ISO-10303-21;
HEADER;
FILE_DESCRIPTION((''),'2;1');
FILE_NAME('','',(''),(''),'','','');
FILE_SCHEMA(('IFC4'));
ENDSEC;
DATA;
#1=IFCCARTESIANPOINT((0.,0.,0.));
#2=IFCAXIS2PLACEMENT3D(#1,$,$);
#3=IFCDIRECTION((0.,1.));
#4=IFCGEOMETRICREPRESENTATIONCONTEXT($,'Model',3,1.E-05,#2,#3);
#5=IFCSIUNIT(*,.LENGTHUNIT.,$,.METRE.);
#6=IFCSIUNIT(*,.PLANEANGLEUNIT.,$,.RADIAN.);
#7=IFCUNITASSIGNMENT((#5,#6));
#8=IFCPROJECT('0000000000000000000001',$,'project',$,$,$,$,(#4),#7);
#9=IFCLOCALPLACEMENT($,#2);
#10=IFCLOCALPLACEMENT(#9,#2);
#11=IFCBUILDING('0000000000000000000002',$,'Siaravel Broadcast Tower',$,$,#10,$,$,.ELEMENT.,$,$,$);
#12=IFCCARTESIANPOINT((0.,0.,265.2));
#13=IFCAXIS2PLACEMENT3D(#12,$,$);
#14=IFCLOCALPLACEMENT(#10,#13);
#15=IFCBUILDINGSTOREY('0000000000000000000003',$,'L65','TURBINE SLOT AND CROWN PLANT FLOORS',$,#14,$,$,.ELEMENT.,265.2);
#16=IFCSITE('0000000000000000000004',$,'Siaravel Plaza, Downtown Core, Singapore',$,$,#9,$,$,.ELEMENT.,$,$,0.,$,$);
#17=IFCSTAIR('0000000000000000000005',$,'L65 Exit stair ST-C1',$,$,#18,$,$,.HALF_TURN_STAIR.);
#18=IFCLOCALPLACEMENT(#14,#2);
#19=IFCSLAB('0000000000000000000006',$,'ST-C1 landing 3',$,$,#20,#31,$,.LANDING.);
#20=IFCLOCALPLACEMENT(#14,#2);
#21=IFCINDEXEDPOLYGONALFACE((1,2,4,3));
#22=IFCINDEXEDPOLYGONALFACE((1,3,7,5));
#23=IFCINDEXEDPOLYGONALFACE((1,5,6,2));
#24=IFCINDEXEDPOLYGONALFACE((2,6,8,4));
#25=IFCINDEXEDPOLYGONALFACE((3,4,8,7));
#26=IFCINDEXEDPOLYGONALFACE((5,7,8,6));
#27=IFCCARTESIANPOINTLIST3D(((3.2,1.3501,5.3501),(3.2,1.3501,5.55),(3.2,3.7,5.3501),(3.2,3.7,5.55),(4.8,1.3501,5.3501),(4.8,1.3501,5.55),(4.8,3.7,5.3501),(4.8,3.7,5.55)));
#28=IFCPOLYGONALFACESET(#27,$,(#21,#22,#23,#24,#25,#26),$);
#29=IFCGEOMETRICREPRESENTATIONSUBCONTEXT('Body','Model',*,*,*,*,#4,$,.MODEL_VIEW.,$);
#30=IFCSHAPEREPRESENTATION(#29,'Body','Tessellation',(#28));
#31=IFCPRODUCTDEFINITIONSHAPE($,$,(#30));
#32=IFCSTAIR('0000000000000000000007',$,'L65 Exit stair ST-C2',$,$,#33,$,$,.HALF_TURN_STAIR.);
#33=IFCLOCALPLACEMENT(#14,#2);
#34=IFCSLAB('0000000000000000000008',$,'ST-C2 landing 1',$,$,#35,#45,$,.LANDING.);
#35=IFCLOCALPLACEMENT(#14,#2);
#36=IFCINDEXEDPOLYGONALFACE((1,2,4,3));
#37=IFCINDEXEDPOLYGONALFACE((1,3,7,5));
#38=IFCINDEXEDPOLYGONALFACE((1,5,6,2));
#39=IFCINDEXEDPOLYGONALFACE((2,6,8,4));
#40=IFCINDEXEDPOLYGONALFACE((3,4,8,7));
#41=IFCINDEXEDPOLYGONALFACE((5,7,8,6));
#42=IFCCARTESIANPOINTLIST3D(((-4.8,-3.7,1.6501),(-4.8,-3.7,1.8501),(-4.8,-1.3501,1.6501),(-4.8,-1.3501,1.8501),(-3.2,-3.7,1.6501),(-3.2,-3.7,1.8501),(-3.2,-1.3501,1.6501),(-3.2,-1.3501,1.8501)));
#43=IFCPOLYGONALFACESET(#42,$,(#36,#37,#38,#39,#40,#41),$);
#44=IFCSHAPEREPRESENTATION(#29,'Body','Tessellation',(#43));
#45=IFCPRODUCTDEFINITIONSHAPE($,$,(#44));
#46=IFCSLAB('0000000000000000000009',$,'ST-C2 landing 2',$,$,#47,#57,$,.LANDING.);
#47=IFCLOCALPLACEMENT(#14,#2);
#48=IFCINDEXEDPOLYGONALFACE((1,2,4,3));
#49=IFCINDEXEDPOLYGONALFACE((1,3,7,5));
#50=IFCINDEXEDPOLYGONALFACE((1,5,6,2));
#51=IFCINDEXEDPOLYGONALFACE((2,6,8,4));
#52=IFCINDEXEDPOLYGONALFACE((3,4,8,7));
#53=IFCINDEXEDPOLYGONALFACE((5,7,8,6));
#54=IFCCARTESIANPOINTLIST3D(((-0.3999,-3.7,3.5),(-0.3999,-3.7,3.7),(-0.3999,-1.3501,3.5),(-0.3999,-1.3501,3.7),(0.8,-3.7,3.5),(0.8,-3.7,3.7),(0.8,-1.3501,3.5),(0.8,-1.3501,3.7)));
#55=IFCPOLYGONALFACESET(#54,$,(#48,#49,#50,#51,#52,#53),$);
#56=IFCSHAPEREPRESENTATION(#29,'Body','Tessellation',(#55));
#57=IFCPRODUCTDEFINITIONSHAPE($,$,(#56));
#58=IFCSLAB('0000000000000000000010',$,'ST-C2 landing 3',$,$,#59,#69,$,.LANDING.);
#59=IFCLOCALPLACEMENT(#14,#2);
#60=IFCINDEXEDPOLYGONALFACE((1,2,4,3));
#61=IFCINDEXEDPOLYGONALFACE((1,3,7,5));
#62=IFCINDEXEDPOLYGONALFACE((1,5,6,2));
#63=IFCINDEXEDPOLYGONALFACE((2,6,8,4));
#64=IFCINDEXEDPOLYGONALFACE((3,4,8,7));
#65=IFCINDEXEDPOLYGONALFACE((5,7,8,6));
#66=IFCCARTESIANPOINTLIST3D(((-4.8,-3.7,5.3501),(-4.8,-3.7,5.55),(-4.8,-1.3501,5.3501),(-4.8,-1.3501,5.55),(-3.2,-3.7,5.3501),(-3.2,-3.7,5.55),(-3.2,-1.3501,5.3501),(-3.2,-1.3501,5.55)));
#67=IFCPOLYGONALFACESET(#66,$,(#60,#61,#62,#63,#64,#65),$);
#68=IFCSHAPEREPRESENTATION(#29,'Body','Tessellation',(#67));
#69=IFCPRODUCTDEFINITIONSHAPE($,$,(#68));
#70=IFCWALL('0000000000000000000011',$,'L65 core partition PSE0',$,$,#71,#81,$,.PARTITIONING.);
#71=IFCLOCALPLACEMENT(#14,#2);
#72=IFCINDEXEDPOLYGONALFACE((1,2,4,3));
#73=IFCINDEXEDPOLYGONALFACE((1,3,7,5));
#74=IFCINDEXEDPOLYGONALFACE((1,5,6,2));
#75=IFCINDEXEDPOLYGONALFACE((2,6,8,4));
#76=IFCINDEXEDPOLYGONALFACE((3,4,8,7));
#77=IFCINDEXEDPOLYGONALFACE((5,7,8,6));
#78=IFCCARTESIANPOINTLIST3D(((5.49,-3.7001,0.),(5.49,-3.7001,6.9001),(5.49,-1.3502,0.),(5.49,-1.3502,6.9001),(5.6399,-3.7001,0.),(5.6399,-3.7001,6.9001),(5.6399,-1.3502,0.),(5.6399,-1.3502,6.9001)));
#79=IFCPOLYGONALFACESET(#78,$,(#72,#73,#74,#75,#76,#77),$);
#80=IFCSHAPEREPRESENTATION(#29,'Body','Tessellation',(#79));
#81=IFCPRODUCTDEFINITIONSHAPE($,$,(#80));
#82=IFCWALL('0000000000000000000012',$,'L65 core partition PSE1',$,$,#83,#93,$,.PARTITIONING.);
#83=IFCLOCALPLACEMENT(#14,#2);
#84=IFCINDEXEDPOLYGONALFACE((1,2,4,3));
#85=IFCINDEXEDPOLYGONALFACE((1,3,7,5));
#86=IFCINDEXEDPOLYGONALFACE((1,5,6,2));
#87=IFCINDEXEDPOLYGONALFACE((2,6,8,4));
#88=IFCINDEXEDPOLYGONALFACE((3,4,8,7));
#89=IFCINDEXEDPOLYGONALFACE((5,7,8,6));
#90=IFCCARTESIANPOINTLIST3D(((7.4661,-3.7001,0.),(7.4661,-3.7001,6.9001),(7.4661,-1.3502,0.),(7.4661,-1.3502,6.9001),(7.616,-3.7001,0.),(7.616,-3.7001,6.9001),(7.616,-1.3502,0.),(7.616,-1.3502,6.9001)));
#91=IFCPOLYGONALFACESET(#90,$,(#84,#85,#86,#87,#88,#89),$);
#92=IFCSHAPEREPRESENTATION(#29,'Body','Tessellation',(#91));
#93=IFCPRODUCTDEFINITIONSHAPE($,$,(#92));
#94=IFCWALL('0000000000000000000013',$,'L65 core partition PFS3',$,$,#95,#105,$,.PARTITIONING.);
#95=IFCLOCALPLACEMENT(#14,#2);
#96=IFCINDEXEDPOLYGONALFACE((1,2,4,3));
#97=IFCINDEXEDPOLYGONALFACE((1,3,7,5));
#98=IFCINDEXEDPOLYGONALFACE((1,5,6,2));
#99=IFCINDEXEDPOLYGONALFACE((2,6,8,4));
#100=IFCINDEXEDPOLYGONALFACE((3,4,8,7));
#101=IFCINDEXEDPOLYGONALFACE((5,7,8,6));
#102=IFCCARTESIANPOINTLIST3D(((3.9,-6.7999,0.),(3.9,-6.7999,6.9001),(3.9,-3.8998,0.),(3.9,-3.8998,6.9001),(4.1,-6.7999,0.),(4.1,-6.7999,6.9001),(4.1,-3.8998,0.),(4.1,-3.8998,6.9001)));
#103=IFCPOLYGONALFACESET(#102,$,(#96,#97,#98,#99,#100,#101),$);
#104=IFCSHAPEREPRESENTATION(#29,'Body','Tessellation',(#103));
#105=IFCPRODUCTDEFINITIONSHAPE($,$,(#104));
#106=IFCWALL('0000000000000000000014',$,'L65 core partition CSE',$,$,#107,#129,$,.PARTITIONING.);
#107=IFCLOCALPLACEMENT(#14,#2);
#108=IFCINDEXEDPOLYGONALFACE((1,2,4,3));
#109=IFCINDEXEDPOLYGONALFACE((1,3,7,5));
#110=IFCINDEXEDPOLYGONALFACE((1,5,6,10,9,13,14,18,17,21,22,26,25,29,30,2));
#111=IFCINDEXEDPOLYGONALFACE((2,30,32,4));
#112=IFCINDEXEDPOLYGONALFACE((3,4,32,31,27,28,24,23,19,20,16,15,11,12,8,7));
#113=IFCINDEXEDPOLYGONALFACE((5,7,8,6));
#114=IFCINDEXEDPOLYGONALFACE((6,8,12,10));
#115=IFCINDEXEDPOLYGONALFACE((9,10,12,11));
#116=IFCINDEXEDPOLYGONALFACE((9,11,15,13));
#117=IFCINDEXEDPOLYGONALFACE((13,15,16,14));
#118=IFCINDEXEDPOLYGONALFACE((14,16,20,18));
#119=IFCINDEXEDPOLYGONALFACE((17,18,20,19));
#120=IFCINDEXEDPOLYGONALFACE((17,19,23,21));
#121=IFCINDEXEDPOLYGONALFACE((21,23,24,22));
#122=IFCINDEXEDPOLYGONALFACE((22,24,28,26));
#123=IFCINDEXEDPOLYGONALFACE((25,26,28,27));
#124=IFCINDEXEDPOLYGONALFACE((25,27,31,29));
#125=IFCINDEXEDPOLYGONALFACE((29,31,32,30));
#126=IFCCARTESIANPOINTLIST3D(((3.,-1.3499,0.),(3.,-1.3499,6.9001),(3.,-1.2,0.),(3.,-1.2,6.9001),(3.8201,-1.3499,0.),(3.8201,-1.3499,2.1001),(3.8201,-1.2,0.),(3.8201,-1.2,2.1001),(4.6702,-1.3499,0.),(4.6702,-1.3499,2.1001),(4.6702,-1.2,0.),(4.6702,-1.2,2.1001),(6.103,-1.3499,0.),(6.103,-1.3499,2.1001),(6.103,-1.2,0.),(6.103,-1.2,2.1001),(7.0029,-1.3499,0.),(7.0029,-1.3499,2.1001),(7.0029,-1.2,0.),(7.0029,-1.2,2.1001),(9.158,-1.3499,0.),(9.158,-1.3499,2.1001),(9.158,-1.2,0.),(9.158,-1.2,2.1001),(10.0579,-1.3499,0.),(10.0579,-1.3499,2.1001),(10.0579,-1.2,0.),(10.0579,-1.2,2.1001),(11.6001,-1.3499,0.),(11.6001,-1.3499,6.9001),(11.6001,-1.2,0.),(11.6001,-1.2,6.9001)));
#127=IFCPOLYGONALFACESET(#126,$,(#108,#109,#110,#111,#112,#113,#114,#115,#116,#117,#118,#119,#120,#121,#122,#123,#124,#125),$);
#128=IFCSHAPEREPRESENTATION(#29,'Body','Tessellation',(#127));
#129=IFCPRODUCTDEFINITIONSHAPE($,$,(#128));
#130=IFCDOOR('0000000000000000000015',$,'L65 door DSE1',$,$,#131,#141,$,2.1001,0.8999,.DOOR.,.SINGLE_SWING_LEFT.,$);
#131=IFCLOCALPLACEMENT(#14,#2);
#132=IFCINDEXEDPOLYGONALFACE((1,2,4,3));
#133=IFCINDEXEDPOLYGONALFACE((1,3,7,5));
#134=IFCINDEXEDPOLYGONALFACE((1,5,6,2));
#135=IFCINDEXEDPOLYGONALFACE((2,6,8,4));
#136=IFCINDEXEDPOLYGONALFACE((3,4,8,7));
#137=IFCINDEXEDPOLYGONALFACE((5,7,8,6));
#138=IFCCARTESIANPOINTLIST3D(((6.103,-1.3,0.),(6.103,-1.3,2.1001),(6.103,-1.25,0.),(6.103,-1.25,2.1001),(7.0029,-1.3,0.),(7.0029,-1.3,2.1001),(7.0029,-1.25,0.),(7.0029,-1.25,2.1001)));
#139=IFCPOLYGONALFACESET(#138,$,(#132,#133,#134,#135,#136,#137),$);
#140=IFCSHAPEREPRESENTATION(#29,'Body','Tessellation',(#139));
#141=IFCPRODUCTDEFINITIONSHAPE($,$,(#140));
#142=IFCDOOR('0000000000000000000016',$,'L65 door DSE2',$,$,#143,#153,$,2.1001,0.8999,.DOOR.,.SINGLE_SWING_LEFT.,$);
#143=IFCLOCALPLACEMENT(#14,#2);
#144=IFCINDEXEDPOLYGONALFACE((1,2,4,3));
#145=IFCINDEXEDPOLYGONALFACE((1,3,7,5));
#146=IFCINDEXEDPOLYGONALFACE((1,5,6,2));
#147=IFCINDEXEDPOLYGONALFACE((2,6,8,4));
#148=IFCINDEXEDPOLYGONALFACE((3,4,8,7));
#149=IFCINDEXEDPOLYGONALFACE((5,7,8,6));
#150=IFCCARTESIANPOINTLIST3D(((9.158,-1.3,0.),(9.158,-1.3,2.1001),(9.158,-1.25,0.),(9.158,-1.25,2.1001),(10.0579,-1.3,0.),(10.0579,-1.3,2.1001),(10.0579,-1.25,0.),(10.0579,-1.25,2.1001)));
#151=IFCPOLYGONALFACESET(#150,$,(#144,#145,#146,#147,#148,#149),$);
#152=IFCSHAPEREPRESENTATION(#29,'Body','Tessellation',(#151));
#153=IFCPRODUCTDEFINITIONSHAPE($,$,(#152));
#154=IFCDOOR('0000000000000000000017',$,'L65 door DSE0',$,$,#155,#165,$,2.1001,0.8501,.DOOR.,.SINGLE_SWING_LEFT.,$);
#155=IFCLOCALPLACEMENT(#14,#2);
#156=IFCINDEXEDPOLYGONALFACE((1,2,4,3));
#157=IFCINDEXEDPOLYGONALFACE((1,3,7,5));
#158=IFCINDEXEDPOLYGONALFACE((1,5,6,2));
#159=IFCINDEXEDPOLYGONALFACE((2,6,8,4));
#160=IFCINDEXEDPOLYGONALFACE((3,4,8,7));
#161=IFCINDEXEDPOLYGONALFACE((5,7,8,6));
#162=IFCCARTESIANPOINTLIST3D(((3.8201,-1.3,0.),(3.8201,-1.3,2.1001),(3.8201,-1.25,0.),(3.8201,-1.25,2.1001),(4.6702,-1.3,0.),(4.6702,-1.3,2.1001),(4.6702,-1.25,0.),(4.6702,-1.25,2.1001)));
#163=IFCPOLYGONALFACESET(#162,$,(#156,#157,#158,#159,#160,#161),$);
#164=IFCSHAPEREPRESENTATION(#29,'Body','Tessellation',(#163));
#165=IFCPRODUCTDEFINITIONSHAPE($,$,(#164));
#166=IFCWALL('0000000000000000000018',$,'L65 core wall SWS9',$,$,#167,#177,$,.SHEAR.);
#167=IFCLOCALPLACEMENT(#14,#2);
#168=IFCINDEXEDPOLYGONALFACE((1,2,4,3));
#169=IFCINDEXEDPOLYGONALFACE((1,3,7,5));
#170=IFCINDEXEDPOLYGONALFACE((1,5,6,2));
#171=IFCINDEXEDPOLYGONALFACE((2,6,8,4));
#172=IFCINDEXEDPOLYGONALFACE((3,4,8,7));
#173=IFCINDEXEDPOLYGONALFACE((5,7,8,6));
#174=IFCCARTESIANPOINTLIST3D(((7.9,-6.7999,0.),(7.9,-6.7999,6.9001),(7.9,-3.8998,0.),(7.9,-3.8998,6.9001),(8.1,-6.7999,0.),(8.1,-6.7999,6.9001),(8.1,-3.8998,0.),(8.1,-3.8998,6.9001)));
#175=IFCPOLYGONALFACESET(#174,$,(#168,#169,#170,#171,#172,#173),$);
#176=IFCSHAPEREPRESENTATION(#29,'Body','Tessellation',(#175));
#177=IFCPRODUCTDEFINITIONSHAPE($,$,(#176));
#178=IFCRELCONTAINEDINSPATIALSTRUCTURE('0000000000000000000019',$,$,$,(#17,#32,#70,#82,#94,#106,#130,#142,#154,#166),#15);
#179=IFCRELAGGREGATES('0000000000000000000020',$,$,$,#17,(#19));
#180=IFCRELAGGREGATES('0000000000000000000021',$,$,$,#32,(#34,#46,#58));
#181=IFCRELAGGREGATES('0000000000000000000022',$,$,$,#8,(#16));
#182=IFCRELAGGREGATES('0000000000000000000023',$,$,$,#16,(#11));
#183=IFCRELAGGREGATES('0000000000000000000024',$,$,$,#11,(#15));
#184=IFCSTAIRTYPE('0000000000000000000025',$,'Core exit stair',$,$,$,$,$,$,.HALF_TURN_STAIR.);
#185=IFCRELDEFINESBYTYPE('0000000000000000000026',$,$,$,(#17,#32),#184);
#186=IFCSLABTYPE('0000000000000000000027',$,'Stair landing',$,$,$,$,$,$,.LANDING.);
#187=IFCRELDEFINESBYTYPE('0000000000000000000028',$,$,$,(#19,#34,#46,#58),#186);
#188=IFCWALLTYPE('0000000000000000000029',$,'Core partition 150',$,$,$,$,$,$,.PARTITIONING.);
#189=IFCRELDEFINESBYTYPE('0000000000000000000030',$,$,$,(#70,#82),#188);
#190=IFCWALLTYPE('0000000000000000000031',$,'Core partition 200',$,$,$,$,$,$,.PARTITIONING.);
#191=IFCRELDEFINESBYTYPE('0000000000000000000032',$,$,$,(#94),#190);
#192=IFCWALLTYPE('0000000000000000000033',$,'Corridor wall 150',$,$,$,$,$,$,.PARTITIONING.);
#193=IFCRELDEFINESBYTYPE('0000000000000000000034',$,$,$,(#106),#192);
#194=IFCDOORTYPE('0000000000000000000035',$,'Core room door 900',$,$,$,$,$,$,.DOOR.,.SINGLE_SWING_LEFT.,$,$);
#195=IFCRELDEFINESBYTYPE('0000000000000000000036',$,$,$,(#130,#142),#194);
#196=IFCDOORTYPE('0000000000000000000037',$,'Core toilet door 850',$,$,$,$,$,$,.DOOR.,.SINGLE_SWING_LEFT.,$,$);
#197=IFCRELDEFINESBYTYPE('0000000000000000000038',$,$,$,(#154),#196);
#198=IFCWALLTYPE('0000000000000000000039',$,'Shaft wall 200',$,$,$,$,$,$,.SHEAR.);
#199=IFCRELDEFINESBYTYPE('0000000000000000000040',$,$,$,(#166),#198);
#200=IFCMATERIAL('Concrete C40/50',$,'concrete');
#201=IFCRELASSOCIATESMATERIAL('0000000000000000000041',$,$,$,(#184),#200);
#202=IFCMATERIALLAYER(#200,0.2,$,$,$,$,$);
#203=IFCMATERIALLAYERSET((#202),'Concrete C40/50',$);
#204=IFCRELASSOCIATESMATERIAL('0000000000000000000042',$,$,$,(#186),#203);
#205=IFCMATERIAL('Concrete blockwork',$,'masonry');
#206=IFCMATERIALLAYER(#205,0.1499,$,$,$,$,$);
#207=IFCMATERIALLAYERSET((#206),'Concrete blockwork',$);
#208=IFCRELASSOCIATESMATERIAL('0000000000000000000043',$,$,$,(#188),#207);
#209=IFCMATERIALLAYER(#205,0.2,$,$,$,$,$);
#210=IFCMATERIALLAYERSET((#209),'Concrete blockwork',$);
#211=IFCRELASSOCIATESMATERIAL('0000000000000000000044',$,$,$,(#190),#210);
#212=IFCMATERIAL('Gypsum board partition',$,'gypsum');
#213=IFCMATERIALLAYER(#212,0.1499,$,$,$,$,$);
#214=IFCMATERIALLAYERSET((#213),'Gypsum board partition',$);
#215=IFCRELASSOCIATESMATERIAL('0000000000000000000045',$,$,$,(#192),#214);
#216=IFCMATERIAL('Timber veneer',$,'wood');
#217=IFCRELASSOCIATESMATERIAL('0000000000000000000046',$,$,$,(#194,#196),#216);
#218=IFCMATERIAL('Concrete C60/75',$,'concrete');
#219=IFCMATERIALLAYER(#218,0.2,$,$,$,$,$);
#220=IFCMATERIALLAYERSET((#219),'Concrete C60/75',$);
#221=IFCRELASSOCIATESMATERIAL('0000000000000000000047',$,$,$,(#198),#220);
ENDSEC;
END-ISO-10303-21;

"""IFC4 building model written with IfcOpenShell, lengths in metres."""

from ifc_helpers import new_model, si_unit, direction, frame, frame_2d, origin, place, context, subcontext, project, spatial, polyline, rectangle, outline, extrude, material, layer, layer_set, type_object, element, fill, aggregate, save


model = new_model("IFC4")

# Units and contexts
model_context = context("Model", 3, precision=1e-05, world=origin(), true_north=direction((0.0, 1.0)))
body_context = subcontext(model_context, "Body", "Model", "MODEL_VIEW")
ifc_project = project(units=[si_unit("LENGTHUNIT", "METRE"), si_unit("PLANEANGLEUNIT", "RADIAN")], contexts=[model_context])

# Site, building, storey
site_placement = place(None, origin())
site = spatial("IfcSite", under=ifc_project, at=site_placement, Name="Siaravel Plaza, Downtown Core, Singapore", CompositionType="ELEMENT", RefElevation=0.0)
building_placement = place(site_placement, origin())
building = spatial("IfcBuilding", under=site, at=building_placement, Name="Siaravel Broadcast Tower", CompositionType="ELEMENT")
storey_placement = place(building_placement, frame((0.0, 0.0, 265.2)))
storey = spatial("IfcBuildingStorey", under=building, at=storey_placement, Name="L65", Description="TURBINE SLOT AND CROWN PLANT FLOORS", CompositionType="ELEMENT", Elevation=265.2)

# Shared definitions
ifc_material_1 = material(Name="Concrete C40/50", Category="concrete")

# Stairs, slabs
stair_type = type_object("IfcStairType", Name="Core exit stair", PredefinedType="HALF_TURN_STAIR", material=ifc_material_1)
stair_1_placement = place(storey_placement, origin())
stair_1 = element("IfcStair", 1, at=stair_1_placement, inside=storey, type_object=stair_type, Name="L65 Exit stair ST-C1", PredefinedType="HALF_TURN_STAIR")
ifc_layer_1 = layer(ifc_material_1, 0.2)
ifc_layer_set_1 = layer_set([ifc_layer_1], Name="Concrete C40/50")
slab_type_1 = type_object("IfcSlabType", Name="Stair landing", PredefinedType="LANDING", material=ifc_layer_set_1)
slab_1_placement = place(storey_placement, frame((0.0, 0.0, 5.3501)))
slab_1 = element("IfcSlab", 2, at=slab_1_placement, type_object=slab_type_1, Name="ST-C1 landing 3", PredefinedType="LANDING", context=body_context, shape_type="SweptSolid", body=[
    extrude(outline(polyline([(3.2, 1.3501), (4.8, 1.3501), (4.8, 3.7), (3.2, 3.7), (3.2, 1.3501)])), origin(), (0.0, 0.0, 1.0), 0.2),
])
aggregate(stair_1, [slab_1])
stair_2_placement = place(storey_placement, origin())
stair_2 = element("IfcStair", 3, at=stair_2_placement, inside=storey, type_object=stair_type, Name="L65 Exit stair ST-C2", PredefinedType="HALF_TURN_STAIR")
slab_2_placement = place(storey_placement, frame((0.0, 0.0, 1.6501)))
slab_2 = element("IfcSlab", 4, at=slab_2_placement, type_object=slab_type_1, Name="ST-C2 landing 1", PredefinedType="LANDING", context=body_context, shape_type="SweptSolid", body=[
    extrude(outline(polyline([(-3.2, -1.3501), (-4.8, -1.3501), (-4.8, -3.7), (-3.2, -3.7), (-3.2, -1.3501)])), origin(), (0.0, 0.0, 1.0), 0.2),
])
slab_3_placement = place(storey_placement, frame((0.0, 0.0, 3.5)))
slab_3 = element("IfcSlab", 5, at=slab_3_placement, type_object=slab_type_1, Name="ST-C2 landing 2", PredefinedType="LANDING", context=body_context, shape_type="SweptSolid", body=[
    extrude(outline(polyline([(0.8, -1.3501), (-0.3999, -1.3501), (-0.3999, -3.7), (0.8, -3.7), (0.8, -1.3501)])), origin(), (0.0, 0.0, 1.0), 0.2),
])
slab_4_placement = place(storey_placement, frame((0.0, 0.0, 5.3501)))
slab_4 = element("IfcSlab", 6, at=slab_4_placement, type_object=slab_type_1, Name="ST-C2 landing 3", PredefinedType="LANDING", context=body_context, shape_type="SweptSolid", body=[
    extrude(outline(polyline([(-3.2, -1.3501), (-4.8, -1.3501), (-4.8, -3.7), (-3.2, -3.7), (-3.2, -1.3501)])), origin(), (0.0, 0.0, 1.0), 0.2),
])
aggregate(stair_2, [slab_2, slab_3, slab_4])

# Walls
ifc_material_2 = material(Name="Concrete blockwork", Category="masonry")
ifc_layer_2 = layer(ifc_material_2, 0.1499)
ifc_layer_set_2 = layer_set([ifc_layer_2], Name="Concrete blockwork")
wall_type_1 = type_object("IfcWallType", Name="Core partition 150", PredefinedType="PARTITIONING", material=ifc_layer_set_2)
for number, where, z_axis, x_axis, name in (
    (7, (5.5649, -3.7, 0.0), (0.0, 0.0, 1.0), (0.0, 1.0, 0.0), "L65 core partition PSE0"),
    (8, (7.541, -3.7, 0.0), (0.0, 0.0, 1.0), (0.0, 1.0, 0.0), "L65 core partition PSE1"),
):
    element("IfcWall", number, at=place(storey_placement, frame(where, z_axis=z_axis, x_axis=x_axis)), inside=storey, type_object=wall_type_1, Name=name, PredefinedType="PARTITIONING", context=body_context, shape_type="SweptSolid", body=[
        extrude(rectangle(XDim=2.3499, YDim=0.1499, at=frame_2d((1.1748, 0.0))), origin(), (0.0, 0.0, 1.0), 6.9001),
    ])
ifc_layer_3 = layer(ifc_material_2, 0.2)
ifc_layer_set_3 = layer_set([ifc_layer_3], Name="Concrete blockwork")
wall_type_2 = type_object("IfcWallType", Name="Core partition 200", PredefinedType="PARTITIONING", material=ifc_layer_set_3)
wall_1_placement = place(storey_placement, frame((4.0, -6.8, 0.0), z_axis=(0.0, 0.0, 1.0), x_axis=(0.0, 1.0, 0.0)))
element("IfcWall", 9, at=wall_1_placement, inside=storey, type_object=wall_type_2, Name="L65 core partition PFS3", PredefinedType="PARTITIONING", context=body_context, shape_type="SweptSolid", body=[
    extrude(rectangle(XDim=2.9001, YDim=0.2, at=frame_2d((1.4502, 0.0))), origin(), (0.0, 0.0, 1.0), 6.9001),
])

# Wall, openings, doors
ifc_material_3 = material(Name="Gypsum board partition", Category="gypsum")
ifc_layer_4 = layer(ifc_material_3, 0.1499)
ifc_layer_set_4 = layer_set([ifc_layer_4], Name="Gypsum board partition")
wall_type_3 = type_object("IfcWallType", Name="Corridor wall 150", PredefinedType="PARTITIONING", material=ifc_layer_set_4)
wall_2_placement = place(storey_placement, frame((3.0, -1.2749, 0.0), z_axis=(0.0, 0.0, 1.0), x_axis=(1.0, 0.0, 0.0)))
wall_2 = element("IfcWall", 10, at=wall_2_placement, inside=storey, type_object=wall_type_3, Name="L65 core partition CSE", PredefinedType="PARTITIONING", context=body_context, shape_type="SweptSolid", body=[
    extrude(rectangle(XDim=8.6001, YDim=0.1499, at=frame_2d((4.3, 0.0))), origin(), (0.0, 0.0, 1.0), 6.9001),
])
opening_1_placement = place(wall_2_placement, frame((0.8201, 0.0, 0.0)))
opening_1 = element("IfcOpeningElement", 11, at=opening_1_placement, cuts=wall_2, PredefinedType="OPENING", context=body_context, shape_type="SweptSolid", body=[
    extrude(rectangle(XDim=0.8501, YDim=2.1001, at=frame_2d((0.425, 1.05))), frame((0.0, 0.085, 0.0), z_axis=(0.0, -1.0, 0.0), x_axis=(1.0, 0.0, 0.0)), (0.0, 0.0, 1.0), 0.1699),
])
opening_2_placement = place(wall_2_placement, frame((3.103, 0.0, 0.0)))
opening_2 = element("IfcOpeningElement", 12, at=opening_2_placement, cuts=wall_2, PredefinedType="OPENING", context=body_context, shape_type="SweptSolid", body=[
    extrude(rectangle(XDim=0.8999, YDim=2.1001, at=frame_2d((0.45, 1.05))), frame((0.0, 0.085, 0.0), z_axis=(0.0, -1.0, 0.0), x_axis=(1.0, 0.0, 0.0)), (0.0, 0.0, 1.0), 0.1699),
])
opening_3_placement = place(wall_2_placement, frame((6.158, 0.0, 0.0)))
opening_3 = element("IfcOpeningElement", 13, at=opening_3_placement, cuts=wall_2, PredefinedType="OPENING", context=body_context, shape_type="SweptSolid", body=[
    extrude(rectangle(XDim=0.8999, YDim=2.1001, at=frame_2d((0.45, 1.05))), frame((0.0, 0.085, 0.0), z_axis=(0.0, -1.0, 0.0), x_axis=(1.0, 0.0, 0.0)), (0.0, 0.0, 1.0), 0.1699),
])
ifc_material_4 = material(Name="Timber veneer", Category="wood")
door_type_1 = type_object("IfcDoorType", Name="Core room door 900", OperationType="SINGLE_SWING_LEFT", PredefinedType="DOOR", material=ifc_material_4)
door_1_placement = place(opening_2_placement, origin())
door_1 = element("IfcDoor", 14, at=door_1_placement, inside=storey, type_object=door_type_1, Name="L65 door DSE1", OperationType="SINGLE_SWING_LEFT", OverallHeight=2.1001, OverallWidth=0.8999, PredefinedType="DOOR", context=body_context, shape_type="SweptSolid", body=[
    extrude(rectangle(XDim=0.8999, YDim=2.1001, at=frame_2d((0.45, 1.05))), frame((0.0, 0.0249, 0.0), z_axis=(0.0, -1.0, 0.0), x_axis=(1.0, 0.0, 0.0)), (0.0, 0.0, 1.0), 0.05),
])
fill(opening_2, door_1)
door_2_placement = place(opening_3_placement, origin())
door_2 = element("IfcDoor", 15, at=door_2_placement, inside=storey, type_object=door_type_1, Name="L65 door DSE2", OperationType="SINGLE_SWING_LEFT", OverallHeight=2.1001, OverallWidth=0.8999, PredefinedType="DOOR", context=body_context, shape_type="SweptSolid", body=[
    extrude(rectangle(XDim=0.8999, YDim=2.1001, at=frame_2d((0.45, 1.05))), frame((0.0, 0.0249, 0.0), z_axis=(0.0, -1.0, 0.0), x_axis=(1.0, 0.0, 0.0)), (0.0, 0.0, 1.0), 0.05),
])
fill(opening_3, door_2)
door_type_2 = type_object("IfcDoorType", Name="Core toilet door 850", OperationType="SINGLE_SWING_LEFT", PredefinedType="DOOR", material=ifc_material_4)
door_3_placement = place(opening_1_placement, origin())
door_3 = element("IfcDoor", 16, at=door_3_placement, inside=storey, type_object=door_type_2, Name="L65 door DSE0", OperationType="SINGLE_SWING_LEFT", OverallHeight=2.1001, OverallWidth=0.8501, PredefinedType="DOOR", context=body_context, shape_type="SweptSolid", body=[
    extrude(rectangle(XDim=0.8501, YDim=2.1001, at=frame_2d((0.425, 1.05))), frame((0.0, 0.0249, 0.0), z_axis=(0.0, -1.0, 0.0), x_axis=(1.0, 0.0, 0.0)), (0.0, 0.0, 1.0), 0.05),
])
fill(opening_1, door_3)

# Wall
ifc_material_5 = material(Name="Concrete C60/75", Category="concrete")
ifc_layer_5 = layer(ifc_material_5, 0.2)
ifc_layer_set_5 = layer_set([ifc_layer_5], Name="Concrete C60/75")
wall_type_4 = type_object("IfcWallType", Name="Shaft wall 200", PredefinedType="SHEAR", material=ifc_layer_set_5)
wall_3_placement = place(storey_placement, frame((8.0, -6.8, 0.0), z_axis=(0.0, 0.0, 1.0), x_axis=(0.0, 1.0, 0.0)))
element("IfcWall", 17, at=wall_3_placement, inside=storey, type_object=wall_type_4, Name="L65 core wall SWS9", PredefinedType="SHEAR", context=body_context, shape_type="SweptSolid", body=[
    extrude(rectangle(XDim=2.9001, YDim=0.2, at=frame_2d((1.4502, 0.0))), origin(), (0.0, 0.0, 1.0), 6.9001),
])

save(model, "model.ifc")
